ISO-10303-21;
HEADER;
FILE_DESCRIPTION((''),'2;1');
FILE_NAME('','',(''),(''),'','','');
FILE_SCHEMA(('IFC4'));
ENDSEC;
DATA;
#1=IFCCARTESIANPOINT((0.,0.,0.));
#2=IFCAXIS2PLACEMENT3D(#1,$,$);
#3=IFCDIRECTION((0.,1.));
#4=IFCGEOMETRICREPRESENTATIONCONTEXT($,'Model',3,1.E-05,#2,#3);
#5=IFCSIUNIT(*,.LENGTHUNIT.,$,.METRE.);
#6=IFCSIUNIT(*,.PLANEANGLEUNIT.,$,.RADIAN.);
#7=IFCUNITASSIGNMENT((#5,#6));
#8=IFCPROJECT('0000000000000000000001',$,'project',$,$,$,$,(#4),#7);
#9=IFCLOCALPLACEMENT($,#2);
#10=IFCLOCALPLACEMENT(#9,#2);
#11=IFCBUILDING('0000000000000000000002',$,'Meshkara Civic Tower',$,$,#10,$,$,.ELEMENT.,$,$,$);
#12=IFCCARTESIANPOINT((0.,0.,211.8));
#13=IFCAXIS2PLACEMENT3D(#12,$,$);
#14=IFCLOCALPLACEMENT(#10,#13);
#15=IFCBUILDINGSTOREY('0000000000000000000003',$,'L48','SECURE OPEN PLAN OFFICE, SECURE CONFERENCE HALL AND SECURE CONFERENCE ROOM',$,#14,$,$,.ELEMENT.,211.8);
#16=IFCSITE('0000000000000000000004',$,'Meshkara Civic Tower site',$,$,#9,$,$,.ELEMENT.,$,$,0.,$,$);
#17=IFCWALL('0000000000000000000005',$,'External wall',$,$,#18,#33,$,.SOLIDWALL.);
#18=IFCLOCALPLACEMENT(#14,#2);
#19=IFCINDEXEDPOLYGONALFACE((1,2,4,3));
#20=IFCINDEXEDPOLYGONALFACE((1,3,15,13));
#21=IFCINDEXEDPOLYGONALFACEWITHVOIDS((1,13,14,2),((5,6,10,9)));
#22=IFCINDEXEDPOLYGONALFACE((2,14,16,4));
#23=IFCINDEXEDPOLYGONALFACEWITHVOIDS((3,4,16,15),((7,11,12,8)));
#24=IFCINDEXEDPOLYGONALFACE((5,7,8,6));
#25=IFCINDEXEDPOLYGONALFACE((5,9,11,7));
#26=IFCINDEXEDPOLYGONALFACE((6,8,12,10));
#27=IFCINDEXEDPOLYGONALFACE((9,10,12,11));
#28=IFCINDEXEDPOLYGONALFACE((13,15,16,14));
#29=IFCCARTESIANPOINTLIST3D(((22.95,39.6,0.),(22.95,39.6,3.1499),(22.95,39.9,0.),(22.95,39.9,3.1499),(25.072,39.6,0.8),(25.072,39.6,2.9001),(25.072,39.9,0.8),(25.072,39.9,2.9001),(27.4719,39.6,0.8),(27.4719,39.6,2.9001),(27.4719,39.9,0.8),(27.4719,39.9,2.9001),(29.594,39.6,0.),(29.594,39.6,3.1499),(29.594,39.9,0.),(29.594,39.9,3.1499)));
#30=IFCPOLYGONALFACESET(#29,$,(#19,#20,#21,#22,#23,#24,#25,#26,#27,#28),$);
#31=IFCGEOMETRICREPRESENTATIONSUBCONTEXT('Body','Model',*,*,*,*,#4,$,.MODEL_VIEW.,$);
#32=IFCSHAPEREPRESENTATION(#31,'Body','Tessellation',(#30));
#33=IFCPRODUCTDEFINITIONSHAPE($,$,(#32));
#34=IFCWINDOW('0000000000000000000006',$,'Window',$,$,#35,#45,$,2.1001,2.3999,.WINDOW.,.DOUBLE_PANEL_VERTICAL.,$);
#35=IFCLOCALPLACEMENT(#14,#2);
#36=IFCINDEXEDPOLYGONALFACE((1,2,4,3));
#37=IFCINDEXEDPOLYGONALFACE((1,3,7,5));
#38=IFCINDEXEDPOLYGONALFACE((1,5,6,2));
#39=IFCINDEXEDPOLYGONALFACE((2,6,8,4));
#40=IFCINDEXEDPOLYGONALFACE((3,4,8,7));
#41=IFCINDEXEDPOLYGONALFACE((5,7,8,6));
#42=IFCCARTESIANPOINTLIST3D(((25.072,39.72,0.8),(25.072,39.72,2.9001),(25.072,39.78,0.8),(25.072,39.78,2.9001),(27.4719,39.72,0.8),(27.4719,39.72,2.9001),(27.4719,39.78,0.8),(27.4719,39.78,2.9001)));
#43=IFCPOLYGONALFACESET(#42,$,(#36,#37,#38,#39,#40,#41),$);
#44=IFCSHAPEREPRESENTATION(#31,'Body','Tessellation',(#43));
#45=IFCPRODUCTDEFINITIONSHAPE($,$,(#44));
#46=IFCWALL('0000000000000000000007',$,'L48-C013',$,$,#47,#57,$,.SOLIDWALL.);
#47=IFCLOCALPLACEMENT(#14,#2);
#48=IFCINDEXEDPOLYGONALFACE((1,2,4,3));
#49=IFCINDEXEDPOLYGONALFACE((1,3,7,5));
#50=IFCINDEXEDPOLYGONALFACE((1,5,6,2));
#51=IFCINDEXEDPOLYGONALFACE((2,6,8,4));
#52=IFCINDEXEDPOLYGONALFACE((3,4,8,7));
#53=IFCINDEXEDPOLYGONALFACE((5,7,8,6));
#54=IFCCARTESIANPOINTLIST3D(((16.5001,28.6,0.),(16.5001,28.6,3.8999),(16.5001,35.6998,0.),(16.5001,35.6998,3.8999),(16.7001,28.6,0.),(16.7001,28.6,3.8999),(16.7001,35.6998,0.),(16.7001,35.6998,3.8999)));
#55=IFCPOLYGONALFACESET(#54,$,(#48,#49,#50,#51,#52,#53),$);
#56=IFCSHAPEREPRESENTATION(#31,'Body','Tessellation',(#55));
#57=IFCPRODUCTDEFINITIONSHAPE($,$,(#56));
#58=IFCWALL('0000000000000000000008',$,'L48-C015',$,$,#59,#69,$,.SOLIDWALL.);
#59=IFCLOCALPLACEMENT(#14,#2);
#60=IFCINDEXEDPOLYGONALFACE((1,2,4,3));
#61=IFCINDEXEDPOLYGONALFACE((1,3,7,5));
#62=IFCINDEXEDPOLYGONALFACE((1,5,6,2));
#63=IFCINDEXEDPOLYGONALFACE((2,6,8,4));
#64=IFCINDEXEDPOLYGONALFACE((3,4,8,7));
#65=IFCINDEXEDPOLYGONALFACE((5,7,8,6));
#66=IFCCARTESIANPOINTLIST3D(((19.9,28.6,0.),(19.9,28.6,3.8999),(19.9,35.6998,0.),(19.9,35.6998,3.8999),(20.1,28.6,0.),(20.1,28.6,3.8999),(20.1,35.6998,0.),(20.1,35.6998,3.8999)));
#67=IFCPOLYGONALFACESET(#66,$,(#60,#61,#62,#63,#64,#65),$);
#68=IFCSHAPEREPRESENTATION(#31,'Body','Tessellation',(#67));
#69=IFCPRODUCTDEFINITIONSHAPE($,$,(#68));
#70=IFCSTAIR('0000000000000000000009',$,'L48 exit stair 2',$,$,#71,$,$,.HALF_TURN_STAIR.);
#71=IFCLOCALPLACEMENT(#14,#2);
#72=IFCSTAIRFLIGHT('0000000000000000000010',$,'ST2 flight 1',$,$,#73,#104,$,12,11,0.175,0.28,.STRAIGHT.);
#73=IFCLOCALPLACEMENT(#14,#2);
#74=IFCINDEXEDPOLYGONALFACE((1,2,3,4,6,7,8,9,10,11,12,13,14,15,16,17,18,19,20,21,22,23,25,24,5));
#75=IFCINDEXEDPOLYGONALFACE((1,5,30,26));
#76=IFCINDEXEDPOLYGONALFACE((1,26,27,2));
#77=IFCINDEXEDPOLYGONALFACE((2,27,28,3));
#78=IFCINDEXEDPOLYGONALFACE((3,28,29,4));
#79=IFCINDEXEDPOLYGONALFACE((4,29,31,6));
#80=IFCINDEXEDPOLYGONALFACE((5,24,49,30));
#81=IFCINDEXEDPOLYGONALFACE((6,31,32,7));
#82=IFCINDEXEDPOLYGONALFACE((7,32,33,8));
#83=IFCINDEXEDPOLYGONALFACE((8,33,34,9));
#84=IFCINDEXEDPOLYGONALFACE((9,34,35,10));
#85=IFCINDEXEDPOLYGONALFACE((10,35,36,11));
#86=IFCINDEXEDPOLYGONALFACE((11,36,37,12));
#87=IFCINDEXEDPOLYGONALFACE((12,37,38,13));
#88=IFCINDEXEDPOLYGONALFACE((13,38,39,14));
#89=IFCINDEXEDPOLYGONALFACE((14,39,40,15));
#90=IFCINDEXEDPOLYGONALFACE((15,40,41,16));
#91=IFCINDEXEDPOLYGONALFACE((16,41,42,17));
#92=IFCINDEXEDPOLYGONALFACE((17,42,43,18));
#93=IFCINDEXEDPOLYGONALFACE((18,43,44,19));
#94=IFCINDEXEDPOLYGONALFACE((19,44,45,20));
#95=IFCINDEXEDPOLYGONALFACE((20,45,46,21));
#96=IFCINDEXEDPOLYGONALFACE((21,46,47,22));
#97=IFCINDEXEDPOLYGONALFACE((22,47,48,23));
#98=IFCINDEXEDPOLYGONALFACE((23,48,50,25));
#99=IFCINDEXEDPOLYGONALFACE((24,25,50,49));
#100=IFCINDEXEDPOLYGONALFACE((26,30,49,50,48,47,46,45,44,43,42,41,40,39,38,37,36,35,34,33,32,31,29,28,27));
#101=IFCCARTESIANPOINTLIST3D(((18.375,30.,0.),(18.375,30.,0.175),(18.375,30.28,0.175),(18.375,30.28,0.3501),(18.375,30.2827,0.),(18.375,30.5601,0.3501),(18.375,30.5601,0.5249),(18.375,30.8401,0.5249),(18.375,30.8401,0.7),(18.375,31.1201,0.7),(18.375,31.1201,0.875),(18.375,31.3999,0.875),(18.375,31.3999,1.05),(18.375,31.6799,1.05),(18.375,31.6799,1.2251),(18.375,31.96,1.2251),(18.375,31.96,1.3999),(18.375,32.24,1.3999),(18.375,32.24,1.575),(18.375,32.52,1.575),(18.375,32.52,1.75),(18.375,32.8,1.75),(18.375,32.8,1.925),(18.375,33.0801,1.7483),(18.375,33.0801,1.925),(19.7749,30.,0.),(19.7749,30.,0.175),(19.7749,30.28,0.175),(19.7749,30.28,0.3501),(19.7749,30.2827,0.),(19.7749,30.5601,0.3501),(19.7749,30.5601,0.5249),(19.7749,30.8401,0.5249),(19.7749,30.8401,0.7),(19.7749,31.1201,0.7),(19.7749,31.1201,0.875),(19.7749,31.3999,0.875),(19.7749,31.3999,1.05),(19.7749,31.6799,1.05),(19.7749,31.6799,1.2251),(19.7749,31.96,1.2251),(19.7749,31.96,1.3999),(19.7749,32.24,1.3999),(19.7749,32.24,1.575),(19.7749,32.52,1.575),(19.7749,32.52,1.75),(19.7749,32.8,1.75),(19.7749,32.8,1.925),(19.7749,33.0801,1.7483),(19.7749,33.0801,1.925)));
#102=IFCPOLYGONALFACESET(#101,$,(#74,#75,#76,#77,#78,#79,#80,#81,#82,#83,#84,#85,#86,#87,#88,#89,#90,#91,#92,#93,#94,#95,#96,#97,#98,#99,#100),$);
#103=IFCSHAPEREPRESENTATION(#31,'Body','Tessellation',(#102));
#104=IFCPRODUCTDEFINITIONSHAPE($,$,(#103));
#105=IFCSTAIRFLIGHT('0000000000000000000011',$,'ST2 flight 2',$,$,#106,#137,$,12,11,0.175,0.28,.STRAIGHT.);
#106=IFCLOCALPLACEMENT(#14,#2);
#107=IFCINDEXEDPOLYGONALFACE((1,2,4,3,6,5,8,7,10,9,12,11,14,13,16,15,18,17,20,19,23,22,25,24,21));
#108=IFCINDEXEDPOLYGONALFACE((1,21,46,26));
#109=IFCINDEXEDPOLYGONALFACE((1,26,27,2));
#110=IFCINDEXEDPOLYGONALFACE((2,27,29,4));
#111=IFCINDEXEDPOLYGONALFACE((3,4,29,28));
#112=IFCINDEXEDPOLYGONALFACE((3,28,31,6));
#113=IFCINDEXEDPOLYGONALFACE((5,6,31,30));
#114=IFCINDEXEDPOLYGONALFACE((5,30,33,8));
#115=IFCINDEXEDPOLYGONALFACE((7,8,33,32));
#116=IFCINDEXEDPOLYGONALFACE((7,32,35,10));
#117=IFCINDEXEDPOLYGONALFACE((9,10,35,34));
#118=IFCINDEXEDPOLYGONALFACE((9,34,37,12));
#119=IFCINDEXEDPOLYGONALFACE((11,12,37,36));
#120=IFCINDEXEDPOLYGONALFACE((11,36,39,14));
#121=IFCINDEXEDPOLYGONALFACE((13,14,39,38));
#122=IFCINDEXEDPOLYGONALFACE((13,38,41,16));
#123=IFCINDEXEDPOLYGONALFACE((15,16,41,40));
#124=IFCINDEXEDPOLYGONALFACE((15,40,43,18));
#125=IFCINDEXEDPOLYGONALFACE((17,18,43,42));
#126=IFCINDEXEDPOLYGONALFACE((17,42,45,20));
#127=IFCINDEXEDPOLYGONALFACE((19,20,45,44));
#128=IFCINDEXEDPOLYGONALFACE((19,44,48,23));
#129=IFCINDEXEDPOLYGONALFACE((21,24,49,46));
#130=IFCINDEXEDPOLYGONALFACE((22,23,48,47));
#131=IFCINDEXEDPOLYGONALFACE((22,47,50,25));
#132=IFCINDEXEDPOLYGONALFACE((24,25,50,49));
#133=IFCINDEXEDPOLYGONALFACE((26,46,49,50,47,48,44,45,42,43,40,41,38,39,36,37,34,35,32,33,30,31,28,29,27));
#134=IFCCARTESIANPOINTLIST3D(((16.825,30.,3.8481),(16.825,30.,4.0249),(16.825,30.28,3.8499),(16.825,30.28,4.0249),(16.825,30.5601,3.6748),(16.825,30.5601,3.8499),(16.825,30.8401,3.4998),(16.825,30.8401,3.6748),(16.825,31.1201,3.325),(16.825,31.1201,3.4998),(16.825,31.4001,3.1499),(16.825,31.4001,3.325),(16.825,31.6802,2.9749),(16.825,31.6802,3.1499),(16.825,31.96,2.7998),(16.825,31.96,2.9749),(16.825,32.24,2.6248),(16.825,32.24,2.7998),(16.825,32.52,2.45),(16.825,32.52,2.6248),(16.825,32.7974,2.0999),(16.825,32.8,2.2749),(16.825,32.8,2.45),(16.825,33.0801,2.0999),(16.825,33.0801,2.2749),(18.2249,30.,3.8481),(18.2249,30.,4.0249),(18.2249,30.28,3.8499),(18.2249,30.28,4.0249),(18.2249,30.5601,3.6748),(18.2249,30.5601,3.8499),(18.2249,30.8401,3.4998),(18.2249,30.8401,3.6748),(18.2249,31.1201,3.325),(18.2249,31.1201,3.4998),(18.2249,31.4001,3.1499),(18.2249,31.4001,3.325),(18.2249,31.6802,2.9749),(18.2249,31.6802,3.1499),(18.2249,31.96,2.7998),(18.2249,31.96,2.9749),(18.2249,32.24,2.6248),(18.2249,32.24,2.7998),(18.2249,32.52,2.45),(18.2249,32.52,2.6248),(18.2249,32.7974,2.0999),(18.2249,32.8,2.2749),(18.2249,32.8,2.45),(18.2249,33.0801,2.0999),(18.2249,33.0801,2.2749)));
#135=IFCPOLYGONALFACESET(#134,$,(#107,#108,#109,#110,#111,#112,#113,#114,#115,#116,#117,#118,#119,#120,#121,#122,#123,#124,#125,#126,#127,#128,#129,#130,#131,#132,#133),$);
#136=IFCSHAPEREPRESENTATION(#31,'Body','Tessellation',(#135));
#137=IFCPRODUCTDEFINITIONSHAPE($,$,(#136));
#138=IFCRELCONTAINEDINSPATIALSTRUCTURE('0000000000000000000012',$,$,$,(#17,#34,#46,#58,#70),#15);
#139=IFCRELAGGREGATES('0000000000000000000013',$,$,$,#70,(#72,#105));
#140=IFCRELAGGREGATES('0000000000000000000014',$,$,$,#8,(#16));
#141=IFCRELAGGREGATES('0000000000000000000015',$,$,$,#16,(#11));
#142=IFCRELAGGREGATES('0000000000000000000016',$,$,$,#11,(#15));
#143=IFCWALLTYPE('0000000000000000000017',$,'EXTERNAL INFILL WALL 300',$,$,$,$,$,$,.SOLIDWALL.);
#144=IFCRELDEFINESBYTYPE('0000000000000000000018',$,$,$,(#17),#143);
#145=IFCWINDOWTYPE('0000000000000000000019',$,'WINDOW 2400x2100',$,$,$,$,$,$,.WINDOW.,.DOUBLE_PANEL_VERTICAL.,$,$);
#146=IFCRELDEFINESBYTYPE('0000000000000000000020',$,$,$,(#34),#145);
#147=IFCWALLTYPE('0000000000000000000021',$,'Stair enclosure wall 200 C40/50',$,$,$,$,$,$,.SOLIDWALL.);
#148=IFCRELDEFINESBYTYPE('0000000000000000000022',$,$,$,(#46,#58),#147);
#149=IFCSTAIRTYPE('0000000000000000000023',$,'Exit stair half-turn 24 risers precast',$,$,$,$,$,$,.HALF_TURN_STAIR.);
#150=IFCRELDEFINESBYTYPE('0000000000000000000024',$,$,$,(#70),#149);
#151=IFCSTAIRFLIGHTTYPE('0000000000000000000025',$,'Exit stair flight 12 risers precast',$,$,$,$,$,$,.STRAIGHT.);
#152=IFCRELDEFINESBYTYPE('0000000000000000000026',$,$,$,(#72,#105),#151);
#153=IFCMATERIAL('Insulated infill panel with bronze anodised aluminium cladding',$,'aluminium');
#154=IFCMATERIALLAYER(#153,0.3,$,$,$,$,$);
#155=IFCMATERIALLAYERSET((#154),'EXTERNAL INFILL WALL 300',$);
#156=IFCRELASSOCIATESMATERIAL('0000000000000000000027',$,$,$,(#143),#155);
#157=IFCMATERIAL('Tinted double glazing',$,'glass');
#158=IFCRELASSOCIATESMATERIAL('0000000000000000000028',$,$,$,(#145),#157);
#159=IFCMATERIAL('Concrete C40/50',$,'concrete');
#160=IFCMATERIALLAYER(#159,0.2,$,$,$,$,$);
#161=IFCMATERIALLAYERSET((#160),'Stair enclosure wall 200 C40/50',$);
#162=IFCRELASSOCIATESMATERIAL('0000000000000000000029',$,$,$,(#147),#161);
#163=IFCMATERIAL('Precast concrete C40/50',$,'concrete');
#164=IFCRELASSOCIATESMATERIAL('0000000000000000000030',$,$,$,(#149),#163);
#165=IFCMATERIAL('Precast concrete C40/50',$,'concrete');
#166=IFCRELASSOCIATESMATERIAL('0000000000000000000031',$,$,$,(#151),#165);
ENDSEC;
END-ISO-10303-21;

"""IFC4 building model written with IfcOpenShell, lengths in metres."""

from ifc_helpers import new_model, si_unit, direction, frame, frame_2d, origin, place, context, subcontext, project, spatial, polyline, rectangle, outline, extrude, material, layer, layer_set, type_object, element, fill, aggregate, save


model = new_model("IFC4")

# Units and contexts
model_context = context("Model", 3, precision=1e-05, world=origin(), true_north=direction((0.0, 1.0)))
body_context = subcontext(model_context, "Body", "Model", "MODEL_VIEW")
ifc_project = project(units=[si_unit("LENGTHUNIT", "METRE"), si_unit("PLANEANGLEUNIT", "RADIAN")], contexts=[model_context])

# Site, building, storey
site_placement = place(None, origin())
site = spatial("IfcSite", under=ifc_project, at=site_placement, Name="Meshkara Civic Tower site", CompositionType="ELEMENT", RefElevation=0.0)
building_placement = place(site_placement, origin())
building = spatial("IfcBuilding", under=site, at=building_placement, Name="Meshkara Civic Tower", CompositionType="ELEMENT")
storey_placement = place(building_placement, frame((0.0, 0.0, 211.8)))
storey = spatial("IfcBuildingStorey", under=building, at=storey_placement, Name="L48", Description="SECURE OPEN PLAN OFFICE, SECURE CONFERENCE HALL AND SECURE CONFERENCE ROOM", CompositionType="ELEMENT", Elevation=211.8)

# Wall, opening, window
ifc_material_1 = material(Name="Insulated infill panel with bronze anodised aluminium cladding", Category="aluminium")
ifc_layer_1 = layer(ifc_material_1, 0.3)
ifc_layer_set_1 = layer_set([ifc_layer_1], Name="EXTERNAL INFILL WALL 300")
wall_type_1 = type_object("IfcWallType", Name="EXTERNAL INFILL WALL 300", PredefinedType="SOLIDWALL", material=ifc_layer_set_1)
ifc_material_2 = material(Name="Tinted double glazing", Category="glass")
window_type_1 = type_object("IfcWindowType", Name="WINDOW 2400x2100", PartitioningType="DOUBLE_PANEL_VERTICAL", PredefinedType="WINDOW", material=ifc_material_2)
wall_1_placement = place(storey_placement, frame((29.594, 39.75, 0.0), z_axis=(0.0, 0.0, 1.0), x_axis=(-1.0, 0.0, 0.0)))
wall_1 = element("IfcWall", 1, at=wall_1_placement, inside=storey, type_object=wall_type_1, Name="External wall", PredefinedType="SOLIDWALL", context=body_context, shape_type="SweptSolid", body=[
    extrude(rectangle(XDim=6.644, YDim=0.3, at=frame_2d((3.322, 0.0))), origin(), (0.0, 0.0, 1.0), 3.1499),
])
opening_1_placement = place(wall_1_placement, frame((2.1221, 0.0, 0.8)))
opening_1 = element("IfcOpeningElement", 2, at=opening_1_placement, cuts=wall_1, PredefinedType="OPENING", context=body_context, shape_type="SweptSolid", body=[
    extrude(rectangle(XDim=2.3999, YDim=2.1001, at=frame_2d((1.2, 1.05))), frame((0.0, 0.1599, 0.0), z_axis=(0.0, -1.0, 0.0), x_axis=(1.0, 0.0, 0.0)), (0.0, 0.0, 1.0), 0.3201),
])
window_1_placement = place(opening_1_placement, origin())
window_1 = element("IfcWindow", 3, at=window_1_placement, inside=storey, type_object=window_type_1, Name="Window", OverallHeight=2.1001, OverallWidth=2.3999, PartitioningType="DOUBLE_PANEL_VERTICAL", PredefinedType="WINDOW", context=body_context, shape_type="SweptSolid", body=[
    extrude(rectangle(XDim=2.3999, YDim=2.1001, at=frame_2d((1.2, 1.05))), frame((0.0, 0.03, 0.0), z_axis=(0.0, -1.0, 0.0), x_axis=(1.0, 0.0, 0.0)), (0.0, 0.0, 1.0), 0.0601),
])
fill(opening_1, window_1)

# Walls
ifc_material_3 = material(Name="Concrete C40/50", Category="concrete")
ifc_layer_2 = layer(ifc_material_3, 0.2)
ifc_layer_set_2 = layer_set([ifc_layer_2], Name="Stair enclosure wall 200 C40/50")
wall_type_2 = type_object("IfcWallType", Name="Stair enclosure wall 200 C40/50", PredefinedType="SOLIDWALL", material=ifc_layer_set_2)
for number, where, z_axis, x_axis, name in (
    (4, (16.6001, 28.6001, 0.0), (0.0, 0.0, 1.0), (0.0, 1.0, 0.0), "L48-C013"),
    (5, (20.0, 28.6001, 0.0), (0.0, 0.0, 1.0), (0.0, 1.0, 0.0), "L48-C015"),
):
    element("IfcWall", number, at=place(storey_placement, frame(where, z_axis=z_axis, x_axis=x_axis)), inside=storey, type_object=wall_type_2, Name=name, PredefinedType="SOLIDWALL", context=body_context, shape_type="SweptSolid", body=[
        extrude(rectangle(XDim=7.0999, YDim=0.2, at=frame_2d((3.5498, 0.0))), origin(), (0.0, 0.0, 1.0), 3.8999),
    ])

# Stair, stair flights
ifc_material_4 = material(Name="Precast concrete C40/50", Category="concrete")
stair_type = type_object("IfcStairType", Name="Exit stair half-turn 24 risers precast", PredefinedType="HALF_TURN_STAIR", material=ifc_material_4)
stair_placement = place(storey_placement, origin())
stair = element("IfcStair", 6, at=stair_placement, inside=storey, type_object=stair_type, Name="L48 exit stair 2", PredefinedType="HALF_TURN_STAIR")
ifc_material_5 = material(Name="Precast concrete C40/50", Category="concrete")
stair_flight_type = type_object("IfcStairFlightType", Name="Exit stair flight 12 risers precast", PredefinedType="STRAIGHT", material=ifc_material_5)
stair_flight_1_placement = place(storey_placement, frame((19.075, 30.0, 0.0), z_axis=(0.0, 0.0, 1.0), x_axis=(0.0, 1.0, 0.0)))
stair_flight_1 = element("IfcStairFlight", 7, at=stair_flight_1_placement, type_object=stair_flight_type, Name="ST2 flight 1", NumberOfRisers=12, NumberOfTreads=11, PredefinedType="STRAIGHT", RiserHeight=0.175, TreadLength=0.28, context=body_context, shape_type="SweptSolid", body=[
    extrude(outline(polyline([(0.0, 0.0), (0.0, 0.175), (0.28, 0.175), (0.28, 0.3501), (0.5601, 0.3501), (0.5601, 0.5249), (0.8401, 0.5249), (0.8401, 0.7), (1.1201, 0.7), (1.1201, 0.875), (1.3999, 0.875), (1.3999, 1.05), (1.6799, 1.05), (1.6799, 1.2251), (1.96, 1.2251), (1.96, 1.3999), (2.24, 1.3999), (2.24, 1.575), (2.52, 1.575), (2.52, 1.75), (2.8, 1.75), (2.8, 1.925), (3.0801, 1.925), (3.0801, 2.1001), (3.0801, 1.7483), (0.2827, 0.0), (0.0, 0.0)])), frame((0.0, 0.7, 0.0), z_axis=(0.0, -1.0, 0.0), x_axis=(1.0, 0.0, 0.0)), (0.0, 0.0, 1.0), 1.3999),
])
stair_flight_2_placement = place(storey_placement, frame((17.5249, 33.0801, 2.0999), z_axis=(0.0, 0.0, 1.0), x_axis=(0.0, -1.0, 0.0)))
stair_flight_2 = element("IfcStairFlight", 8, at=stair_flight_2_placement, type_object=stair_flight_type, Name="ST2 flight 2", NumberOfRisers=12, NumberOfTreads=11, PredefinedType="STRAIGHT", RiserHeight=0.175, TreadLength=0.28, context=body_context, shape_type="SweptSolid", body=[
    extrude(outline(polyline([(0.0, 0.0), (0.0, 0.175), (0.28, 0.175), (0.28, 0.3501), (0.5601, 0.3501), (0.5601, 0.5249), (0.8401, 0.5249), (0.8401, 0.7), (1.1201, 0.7), (1.1201, 0.875), (1.3999, 0.875), (1.3999, 1.05), (1.6799, 1.05), (1.6799, 1.2251), (1.96, 1.2251), (1.96, 1.3999), (2.24, 1.3999), (2.24, 1.575), (2.52, 1.575), (2.52, 1.75), (2.8, 1.75), (2.8, 1.925), (3.0801, 1.925), (3.0801, 2.1001), (3.0801, 1.7483), (0.2827, 0.0), (0.0, 0.0)])), frame((0.0, 0.7, 0.0), z_axis=(0.0, -1.0, 0.0), x_axis=(1.0, 0.0, 0.0)), (0.0, 0.0, 1.0), 1.3999),
])
aggregate(stair, [stair_flight_1, stair_flight_2])

save(model, "model.ifc")
